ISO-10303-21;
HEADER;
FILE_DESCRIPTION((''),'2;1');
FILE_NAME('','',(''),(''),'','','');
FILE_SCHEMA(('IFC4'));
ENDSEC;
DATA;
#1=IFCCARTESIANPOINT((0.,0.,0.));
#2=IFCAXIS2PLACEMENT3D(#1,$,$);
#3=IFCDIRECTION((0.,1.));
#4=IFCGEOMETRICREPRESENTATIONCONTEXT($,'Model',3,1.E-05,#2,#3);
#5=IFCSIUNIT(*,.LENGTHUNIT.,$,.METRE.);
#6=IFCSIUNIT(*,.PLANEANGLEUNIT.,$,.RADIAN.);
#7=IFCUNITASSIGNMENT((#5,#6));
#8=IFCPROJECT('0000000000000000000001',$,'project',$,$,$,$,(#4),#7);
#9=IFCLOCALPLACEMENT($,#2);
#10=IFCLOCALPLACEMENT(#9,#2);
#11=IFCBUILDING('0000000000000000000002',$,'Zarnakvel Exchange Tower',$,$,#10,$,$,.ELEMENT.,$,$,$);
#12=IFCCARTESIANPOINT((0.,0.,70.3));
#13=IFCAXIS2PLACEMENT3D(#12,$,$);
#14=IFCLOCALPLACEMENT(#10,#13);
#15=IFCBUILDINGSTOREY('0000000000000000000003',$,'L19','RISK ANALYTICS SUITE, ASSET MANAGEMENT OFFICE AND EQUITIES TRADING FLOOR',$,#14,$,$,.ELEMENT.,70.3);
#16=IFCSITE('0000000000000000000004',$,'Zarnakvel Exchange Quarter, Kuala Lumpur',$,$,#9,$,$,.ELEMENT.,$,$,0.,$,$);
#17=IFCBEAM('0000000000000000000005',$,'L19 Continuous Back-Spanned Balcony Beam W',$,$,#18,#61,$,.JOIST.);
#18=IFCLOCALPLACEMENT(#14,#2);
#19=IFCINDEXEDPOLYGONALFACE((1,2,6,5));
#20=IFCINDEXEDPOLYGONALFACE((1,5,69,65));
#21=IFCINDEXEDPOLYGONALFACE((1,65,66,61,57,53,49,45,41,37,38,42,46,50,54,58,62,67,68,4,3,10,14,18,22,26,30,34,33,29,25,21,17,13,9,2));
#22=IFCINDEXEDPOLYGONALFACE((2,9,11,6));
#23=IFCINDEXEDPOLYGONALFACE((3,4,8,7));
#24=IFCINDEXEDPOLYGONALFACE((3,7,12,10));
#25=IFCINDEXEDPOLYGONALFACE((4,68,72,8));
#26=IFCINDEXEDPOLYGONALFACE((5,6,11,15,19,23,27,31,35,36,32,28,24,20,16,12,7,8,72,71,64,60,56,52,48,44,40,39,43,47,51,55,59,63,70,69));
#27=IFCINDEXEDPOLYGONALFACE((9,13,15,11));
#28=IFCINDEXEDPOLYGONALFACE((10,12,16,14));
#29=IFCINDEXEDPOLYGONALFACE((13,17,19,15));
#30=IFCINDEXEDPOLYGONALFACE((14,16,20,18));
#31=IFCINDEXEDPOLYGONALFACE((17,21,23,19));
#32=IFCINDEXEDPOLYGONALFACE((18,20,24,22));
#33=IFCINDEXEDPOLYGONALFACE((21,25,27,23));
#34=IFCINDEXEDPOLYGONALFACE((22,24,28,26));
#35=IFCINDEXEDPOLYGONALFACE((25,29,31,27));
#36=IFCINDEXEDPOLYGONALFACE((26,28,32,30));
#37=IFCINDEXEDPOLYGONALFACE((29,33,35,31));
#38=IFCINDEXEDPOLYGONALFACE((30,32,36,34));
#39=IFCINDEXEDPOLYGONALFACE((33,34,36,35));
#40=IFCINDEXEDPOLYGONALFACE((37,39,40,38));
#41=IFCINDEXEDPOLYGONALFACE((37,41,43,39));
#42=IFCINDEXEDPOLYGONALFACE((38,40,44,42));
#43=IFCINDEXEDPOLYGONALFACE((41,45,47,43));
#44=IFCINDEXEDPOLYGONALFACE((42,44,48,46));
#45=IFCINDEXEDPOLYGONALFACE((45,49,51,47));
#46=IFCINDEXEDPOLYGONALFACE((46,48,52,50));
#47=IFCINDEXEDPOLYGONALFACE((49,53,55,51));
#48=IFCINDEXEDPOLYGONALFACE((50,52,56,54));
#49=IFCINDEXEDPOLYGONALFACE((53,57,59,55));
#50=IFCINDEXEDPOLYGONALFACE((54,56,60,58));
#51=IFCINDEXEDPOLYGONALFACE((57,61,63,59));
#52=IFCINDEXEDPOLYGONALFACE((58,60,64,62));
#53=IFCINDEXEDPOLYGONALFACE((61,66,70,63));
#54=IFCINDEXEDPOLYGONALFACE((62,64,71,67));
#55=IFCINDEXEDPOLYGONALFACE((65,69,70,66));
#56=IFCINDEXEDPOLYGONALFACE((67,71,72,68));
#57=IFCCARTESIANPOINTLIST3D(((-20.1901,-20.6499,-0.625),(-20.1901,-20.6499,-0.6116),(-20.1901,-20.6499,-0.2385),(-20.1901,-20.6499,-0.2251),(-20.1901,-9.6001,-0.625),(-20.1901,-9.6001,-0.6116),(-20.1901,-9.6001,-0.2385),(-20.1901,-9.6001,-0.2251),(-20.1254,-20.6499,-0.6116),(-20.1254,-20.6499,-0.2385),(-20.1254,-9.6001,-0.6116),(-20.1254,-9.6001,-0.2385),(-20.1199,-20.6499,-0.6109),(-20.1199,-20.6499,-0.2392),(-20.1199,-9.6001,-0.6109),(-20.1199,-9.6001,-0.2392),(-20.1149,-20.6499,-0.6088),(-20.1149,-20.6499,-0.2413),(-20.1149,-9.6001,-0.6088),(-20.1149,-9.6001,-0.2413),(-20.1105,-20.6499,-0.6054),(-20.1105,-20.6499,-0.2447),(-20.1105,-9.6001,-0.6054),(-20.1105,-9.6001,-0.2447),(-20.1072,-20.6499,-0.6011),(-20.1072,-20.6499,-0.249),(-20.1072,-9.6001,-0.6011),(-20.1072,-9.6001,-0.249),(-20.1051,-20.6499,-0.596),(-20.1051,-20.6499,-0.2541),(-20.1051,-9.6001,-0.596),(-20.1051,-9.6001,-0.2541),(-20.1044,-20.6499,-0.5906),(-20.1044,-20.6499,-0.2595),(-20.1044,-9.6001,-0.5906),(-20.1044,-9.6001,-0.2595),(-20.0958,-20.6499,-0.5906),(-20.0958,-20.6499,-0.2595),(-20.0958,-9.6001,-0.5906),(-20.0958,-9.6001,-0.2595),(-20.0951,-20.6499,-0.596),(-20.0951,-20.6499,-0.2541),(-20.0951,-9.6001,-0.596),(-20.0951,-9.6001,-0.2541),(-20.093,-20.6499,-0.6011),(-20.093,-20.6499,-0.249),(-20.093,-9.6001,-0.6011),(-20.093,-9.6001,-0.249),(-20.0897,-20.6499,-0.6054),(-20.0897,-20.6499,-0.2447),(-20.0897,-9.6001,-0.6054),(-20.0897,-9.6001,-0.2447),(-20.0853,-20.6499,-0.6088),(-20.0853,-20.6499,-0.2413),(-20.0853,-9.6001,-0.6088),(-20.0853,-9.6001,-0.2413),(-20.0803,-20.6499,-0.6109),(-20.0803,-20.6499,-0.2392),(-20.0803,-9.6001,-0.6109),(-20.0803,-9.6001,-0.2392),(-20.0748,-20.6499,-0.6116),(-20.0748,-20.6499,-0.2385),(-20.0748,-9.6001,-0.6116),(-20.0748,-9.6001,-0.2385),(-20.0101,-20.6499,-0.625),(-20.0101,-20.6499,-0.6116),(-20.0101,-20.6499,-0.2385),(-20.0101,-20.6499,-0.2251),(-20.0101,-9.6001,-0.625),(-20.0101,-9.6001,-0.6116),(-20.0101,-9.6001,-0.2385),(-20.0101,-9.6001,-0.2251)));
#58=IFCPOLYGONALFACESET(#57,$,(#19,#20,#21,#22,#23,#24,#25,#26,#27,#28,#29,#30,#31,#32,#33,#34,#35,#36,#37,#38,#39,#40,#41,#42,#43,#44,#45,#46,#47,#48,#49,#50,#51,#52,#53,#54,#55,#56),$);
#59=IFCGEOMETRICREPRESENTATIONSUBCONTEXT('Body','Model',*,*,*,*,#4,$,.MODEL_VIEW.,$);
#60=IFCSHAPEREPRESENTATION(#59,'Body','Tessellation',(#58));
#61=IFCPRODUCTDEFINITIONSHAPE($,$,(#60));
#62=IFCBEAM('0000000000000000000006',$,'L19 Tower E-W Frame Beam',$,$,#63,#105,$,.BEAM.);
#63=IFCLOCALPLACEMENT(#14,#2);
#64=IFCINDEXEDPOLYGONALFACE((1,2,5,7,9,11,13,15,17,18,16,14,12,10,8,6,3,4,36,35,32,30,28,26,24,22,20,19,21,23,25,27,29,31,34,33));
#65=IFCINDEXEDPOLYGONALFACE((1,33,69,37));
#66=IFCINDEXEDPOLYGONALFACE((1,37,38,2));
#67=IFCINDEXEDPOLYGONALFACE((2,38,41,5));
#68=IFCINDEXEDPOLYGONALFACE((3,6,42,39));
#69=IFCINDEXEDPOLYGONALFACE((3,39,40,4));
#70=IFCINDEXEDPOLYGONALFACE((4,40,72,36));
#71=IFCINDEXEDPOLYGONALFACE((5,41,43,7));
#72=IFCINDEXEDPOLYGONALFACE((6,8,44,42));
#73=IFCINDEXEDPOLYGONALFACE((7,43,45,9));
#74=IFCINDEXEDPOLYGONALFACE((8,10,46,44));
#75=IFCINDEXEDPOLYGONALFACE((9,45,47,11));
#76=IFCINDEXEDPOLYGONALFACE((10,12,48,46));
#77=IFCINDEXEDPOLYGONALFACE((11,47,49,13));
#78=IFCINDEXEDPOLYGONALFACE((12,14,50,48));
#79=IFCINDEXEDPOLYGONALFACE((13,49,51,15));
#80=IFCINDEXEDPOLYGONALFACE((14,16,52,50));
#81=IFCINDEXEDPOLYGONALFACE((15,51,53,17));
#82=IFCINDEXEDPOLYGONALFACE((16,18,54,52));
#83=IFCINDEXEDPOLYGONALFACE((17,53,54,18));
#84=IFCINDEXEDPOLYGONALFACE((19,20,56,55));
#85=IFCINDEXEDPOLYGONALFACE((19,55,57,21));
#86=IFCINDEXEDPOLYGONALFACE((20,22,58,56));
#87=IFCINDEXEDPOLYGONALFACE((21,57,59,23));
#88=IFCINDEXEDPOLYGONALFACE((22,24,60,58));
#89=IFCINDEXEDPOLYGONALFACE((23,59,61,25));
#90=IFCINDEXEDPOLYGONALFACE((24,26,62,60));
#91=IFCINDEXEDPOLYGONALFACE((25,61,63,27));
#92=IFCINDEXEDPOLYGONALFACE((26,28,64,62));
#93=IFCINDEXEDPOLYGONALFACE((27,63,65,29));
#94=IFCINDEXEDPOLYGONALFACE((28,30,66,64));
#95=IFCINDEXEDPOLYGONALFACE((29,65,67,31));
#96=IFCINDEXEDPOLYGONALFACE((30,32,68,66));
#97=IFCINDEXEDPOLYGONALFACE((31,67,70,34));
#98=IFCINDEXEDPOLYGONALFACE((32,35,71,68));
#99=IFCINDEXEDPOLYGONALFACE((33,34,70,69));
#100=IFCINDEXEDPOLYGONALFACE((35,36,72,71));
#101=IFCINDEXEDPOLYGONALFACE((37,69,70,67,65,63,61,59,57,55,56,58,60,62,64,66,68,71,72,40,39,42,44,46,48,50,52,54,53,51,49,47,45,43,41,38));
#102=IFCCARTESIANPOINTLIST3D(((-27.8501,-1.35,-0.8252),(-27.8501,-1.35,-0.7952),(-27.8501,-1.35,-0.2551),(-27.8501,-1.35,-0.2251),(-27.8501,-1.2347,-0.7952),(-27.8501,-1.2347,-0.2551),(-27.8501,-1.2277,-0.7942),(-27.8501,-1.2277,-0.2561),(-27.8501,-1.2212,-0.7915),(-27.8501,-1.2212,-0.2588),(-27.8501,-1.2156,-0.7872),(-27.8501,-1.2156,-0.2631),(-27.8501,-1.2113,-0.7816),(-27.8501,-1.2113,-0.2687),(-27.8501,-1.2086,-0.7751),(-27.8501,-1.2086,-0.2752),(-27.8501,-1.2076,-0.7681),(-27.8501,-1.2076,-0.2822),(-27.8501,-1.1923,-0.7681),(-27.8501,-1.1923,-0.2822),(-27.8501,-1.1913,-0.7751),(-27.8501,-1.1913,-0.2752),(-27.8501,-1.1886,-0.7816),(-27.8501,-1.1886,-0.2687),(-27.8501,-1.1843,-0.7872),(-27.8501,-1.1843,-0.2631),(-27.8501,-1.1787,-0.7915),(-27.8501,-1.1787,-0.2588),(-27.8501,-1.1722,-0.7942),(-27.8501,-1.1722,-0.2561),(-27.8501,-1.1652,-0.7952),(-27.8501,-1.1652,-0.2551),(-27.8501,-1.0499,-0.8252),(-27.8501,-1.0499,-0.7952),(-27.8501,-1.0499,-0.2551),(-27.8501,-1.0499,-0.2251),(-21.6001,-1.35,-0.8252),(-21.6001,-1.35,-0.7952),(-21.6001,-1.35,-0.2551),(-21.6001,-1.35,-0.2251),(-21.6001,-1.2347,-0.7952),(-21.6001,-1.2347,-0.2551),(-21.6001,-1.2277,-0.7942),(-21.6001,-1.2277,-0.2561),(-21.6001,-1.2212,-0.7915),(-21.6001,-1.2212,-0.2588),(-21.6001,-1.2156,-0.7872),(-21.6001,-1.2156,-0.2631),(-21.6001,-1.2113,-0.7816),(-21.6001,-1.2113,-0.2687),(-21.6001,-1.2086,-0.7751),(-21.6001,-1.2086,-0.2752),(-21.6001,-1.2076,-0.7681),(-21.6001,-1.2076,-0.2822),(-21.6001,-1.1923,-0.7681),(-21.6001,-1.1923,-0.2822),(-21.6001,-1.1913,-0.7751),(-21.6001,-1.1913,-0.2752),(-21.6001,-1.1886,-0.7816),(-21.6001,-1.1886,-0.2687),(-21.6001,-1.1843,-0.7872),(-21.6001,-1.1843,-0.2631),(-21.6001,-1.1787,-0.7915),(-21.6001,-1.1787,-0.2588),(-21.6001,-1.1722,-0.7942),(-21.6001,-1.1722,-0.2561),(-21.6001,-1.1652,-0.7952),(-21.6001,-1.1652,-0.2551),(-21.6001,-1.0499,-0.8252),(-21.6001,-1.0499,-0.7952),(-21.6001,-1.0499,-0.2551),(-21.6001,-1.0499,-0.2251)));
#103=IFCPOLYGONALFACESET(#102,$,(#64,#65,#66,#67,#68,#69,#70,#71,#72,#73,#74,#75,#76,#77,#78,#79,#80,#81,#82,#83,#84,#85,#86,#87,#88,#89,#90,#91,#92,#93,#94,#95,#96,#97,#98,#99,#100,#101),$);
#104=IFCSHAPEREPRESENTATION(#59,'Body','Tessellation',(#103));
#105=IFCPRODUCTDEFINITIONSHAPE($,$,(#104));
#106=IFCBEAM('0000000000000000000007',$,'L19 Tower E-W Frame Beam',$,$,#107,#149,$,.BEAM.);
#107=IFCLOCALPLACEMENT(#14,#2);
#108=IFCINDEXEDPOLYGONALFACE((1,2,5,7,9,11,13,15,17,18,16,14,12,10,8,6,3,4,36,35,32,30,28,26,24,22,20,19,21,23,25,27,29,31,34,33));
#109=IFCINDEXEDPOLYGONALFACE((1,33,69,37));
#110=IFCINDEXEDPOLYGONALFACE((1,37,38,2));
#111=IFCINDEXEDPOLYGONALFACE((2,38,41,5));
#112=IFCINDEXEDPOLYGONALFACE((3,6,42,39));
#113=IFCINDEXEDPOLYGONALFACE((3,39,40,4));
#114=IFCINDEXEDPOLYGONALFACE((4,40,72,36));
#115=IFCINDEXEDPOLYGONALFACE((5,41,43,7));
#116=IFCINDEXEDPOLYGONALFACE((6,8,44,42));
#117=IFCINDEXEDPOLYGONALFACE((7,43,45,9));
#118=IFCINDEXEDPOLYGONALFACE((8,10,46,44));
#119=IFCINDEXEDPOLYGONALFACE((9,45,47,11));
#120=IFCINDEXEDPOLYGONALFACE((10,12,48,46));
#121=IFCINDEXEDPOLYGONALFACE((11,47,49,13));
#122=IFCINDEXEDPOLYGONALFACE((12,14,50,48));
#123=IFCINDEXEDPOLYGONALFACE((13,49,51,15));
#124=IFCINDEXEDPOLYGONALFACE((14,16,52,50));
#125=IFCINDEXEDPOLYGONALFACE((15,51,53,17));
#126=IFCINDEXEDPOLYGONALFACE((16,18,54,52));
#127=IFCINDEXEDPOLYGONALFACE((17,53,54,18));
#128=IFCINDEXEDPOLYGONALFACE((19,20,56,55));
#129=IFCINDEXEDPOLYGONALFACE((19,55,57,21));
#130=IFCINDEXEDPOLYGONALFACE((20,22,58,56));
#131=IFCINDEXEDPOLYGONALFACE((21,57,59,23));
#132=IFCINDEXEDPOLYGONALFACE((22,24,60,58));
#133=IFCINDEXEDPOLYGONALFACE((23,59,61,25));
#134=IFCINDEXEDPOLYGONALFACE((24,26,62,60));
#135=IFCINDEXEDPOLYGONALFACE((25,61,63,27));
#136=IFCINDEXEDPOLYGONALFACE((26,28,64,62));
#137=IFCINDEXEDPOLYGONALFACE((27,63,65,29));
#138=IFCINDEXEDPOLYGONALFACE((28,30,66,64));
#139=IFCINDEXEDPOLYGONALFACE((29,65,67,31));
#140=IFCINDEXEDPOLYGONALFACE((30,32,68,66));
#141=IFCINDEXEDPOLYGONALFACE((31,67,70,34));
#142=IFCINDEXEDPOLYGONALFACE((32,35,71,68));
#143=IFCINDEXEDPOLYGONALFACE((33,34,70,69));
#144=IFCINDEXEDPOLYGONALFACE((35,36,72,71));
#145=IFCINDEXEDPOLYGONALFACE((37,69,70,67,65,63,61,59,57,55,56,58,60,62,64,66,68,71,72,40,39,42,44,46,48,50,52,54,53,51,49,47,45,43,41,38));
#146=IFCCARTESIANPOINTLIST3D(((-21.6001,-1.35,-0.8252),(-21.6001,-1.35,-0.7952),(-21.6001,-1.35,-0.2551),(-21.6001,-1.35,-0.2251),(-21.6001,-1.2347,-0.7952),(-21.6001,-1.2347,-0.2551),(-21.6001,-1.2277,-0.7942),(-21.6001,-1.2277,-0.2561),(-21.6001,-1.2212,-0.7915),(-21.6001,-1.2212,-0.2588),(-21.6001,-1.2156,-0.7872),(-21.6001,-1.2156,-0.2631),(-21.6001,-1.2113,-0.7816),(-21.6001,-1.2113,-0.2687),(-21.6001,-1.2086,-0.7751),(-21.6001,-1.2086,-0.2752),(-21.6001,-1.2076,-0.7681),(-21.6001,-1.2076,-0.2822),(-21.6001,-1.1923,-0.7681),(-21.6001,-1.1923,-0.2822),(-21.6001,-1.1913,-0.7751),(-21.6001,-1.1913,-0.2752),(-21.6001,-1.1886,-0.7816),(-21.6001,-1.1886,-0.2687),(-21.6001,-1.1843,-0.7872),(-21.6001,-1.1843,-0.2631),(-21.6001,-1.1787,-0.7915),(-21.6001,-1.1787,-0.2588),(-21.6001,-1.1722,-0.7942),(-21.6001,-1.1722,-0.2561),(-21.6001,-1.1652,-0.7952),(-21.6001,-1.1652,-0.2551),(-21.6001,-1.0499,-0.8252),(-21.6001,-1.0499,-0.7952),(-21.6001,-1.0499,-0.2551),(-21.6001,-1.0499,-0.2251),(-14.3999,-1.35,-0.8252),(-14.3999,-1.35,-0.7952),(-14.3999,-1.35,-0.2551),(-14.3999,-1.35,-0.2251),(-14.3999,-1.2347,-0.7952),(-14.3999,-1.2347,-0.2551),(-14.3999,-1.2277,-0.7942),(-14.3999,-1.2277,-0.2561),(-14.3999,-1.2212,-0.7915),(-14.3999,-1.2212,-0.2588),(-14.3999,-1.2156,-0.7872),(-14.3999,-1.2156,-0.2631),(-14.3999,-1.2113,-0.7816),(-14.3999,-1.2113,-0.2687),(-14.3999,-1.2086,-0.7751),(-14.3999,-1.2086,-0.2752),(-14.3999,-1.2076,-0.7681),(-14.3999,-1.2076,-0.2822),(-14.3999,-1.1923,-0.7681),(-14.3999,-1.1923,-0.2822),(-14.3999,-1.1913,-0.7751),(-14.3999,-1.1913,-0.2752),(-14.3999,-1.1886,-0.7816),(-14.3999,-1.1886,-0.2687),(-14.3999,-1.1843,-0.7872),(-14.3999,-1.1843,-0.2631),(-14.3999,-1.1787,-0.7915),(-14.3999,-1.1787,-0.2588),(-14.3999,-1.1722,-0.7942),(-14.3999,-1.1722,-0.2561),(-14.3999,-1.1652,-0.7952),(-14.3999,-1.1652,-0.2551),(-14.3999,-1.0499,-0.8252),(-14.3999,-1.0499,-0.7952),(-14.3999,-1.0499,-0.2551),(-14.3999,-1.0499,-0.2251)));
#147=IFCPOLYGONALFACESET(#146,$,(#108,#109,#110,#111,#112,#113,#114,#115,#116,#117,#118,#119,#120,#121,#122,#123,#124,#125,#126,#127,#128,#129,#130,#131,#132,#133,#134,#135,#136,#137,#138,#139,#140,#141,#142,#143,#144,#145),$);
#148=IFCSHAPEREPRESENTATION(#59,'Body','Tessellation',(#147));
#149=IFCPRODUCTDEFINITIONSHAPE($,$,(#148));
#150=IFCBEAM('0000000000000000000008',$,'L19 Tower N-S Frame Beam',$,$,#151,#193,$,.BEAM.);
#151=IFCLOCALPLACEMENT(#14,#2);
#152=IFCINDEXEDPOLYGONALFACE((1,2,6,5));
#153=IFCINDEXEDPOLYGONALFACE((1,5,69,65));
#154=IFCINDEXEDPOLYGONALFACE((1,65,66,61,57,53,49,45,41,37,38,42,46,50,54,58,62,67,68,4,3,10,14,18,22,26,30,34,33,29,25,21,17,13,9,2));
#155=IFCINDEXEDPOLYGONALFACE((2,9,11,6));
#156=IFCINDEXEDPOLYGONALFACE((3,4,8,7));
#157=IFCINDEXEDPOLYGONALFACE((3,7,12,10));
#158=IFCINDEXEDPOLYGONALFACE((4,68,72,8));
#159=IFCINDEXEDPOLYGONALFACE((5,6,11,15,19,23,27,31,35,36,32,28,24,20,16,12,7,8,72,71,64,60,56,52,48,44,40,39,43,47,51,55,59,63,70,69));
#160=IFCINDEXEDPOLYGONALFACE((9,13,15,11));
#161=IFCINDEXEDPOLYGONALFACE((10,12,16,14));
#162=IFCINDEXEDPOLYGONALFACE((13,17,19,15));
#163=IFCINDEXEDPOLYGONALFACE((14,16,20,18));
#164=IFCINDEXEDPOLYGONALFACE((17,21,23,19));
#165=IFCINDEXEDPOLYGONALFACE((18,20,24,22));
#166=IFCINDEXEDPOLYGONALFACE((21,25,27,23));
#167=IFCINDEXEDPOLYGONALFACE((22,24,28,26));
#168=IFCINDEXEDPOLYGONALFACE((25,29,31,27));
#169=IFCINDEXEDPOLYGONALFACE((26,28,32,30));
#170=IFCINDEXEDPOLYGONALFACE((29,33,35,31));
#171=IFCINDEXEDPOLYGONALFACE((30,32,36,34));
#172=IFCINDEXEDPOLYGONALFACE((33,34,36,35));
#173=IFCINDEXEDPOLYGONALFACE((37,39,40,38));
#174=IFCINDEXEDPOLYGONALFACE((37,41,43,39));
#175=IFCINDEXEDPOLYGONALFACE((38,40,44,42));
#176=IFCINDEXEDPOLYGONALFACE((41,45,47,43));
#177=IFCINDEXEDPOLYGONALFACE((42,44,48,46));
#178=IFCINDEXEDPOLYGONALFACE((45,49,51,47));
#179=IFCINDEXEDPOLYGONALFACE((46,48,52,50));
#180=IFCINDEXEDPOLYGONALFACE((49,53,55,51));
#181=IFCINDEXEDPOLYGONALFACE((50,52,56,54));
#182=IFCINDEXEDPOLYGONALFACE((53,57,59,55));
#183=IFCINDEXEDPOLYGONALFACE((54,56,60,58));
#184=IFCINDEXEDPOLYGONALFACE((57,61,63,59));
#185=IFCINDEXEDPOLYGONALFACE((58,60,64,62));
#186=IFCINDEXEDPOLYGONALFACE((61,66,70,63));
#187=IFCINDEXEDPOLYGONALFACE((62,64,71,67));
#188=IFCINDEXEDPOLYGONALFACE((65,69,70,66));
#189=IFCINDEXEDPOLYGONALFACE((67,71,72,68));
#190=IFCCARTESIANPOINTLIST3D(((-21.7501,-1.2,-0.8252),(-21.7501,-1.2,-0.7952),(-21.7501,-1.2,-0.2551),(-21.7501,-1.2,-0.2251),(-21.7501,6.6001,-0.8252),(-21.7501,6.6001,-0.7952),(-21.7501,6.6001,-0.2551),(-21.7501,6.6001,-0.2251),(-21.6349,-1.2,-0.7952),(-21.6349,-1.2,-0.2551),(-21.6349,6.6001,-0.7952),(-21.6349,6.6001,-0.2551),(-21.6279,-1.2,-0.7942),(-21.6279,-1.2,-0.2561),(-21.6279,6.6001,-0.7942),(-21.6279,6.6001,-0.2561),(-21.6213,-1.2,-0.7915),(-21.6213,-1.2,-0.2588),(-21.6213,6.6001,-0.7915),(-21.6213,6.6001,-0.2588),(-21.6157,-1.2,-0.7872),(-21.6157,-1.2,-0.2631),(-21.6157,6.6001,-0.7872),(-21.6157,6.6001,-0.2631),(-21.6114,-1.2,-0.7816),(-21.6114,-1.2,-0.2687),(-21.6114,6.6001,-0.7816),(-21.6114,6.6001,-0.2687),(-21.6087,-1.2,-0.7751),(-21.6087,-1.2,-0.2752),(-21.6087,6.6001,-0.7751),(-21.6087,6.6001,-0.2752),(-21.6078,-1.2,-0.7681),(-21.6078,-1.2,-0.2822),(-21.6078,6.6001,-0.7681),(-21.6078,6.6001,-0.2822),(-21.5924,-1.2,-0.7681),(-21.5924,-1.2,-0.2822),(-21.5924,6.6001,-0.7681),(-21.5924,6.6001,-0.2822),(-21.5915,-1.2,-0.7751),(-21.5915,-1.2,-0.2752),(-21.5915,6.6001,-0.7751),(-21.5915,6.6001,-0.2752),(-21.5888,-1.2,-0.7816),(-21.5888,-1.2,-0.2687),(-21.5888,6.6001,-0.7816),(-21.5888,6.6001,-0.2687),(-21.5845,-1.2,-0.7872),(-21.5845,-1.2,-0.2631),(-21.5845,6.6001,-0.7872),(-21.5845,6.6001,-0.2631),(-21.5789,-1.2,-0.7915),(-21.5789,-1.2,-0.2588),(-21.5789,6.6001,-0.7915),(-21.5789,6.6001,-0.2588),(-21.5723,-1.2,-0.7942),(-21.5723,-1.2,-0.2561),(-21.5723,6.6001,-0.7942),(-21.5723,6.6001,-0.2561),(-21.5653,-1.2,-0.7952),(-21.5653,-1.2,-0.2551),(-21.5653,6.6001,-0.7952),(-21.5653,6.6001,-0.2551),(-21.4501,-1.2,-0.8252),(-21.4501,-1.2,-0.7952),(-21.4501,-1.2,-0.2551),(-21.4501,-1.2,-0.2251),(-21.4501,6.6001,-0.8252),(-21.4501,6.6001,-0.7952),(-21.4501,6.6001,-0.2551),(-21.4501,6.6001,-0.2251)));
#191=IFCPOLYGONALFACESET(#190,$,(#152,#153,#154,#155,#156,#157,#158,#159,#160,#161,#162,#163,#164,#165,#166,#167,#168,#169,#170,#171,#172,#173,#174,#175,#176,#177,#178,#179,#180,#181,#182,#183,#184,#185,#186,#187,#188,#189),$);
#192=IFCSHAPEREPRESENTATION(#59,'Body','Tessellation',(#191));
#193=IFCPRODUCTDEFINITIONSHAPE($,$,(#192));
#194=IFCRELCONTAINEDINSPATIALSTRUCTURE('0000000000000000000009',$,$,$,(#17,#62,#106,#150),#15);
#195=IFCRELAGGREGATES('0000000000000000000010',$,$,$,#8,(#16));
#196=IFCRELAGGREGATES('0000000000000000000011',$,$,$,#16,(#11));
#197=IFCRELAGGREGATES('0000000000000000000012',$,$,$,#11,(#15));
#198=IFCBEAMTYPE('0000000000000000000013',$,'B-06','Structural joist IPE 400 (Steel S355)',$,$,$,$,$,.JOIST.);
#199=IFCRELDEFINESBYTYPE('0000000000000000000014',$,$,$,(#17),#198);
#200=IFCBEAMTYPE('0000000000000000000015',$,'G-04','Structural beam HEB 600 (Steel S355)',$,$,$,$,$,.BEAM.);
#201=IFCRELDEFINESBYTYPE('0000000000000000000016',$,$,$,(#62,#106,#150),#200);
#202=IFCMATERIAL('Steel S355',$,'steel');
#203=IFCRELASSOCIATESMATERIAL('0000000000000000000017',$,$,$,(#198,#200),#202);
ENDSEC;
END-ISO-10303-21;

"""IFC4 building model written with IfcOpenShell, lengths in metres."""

from ifc_helpers import new_model, si_unit, direction, frame, origin, origin_2d, place, context, subcontext, project, spatial, i_section, extrude, material, material_profile, profile_set, type_object, element, save


model = new_model("IFC4")

# Units and contexts
model_context = context("Model", 3, precision=1e-05, world=origin(), true_north=direction((0.0, 1.0)))
body_context = subcontext(model_context, "Body", "Model", "MODEL_VIEW")
ifc_project = project(units=[si_unit("LENGTHUNIT", "METRE"), si_unit("PLANEANGLEUNIT", "RADIAN")], contexts=[model_context])

# Site, building, storey
site_placement = place(None, origin())
site = spatial("IfcSite", under=ifc_project, at=site_placement, Name="Zarnakvel Exchange Quarter, Kuala Lumpur", CompositionType="ELEMENT", RefElevation=0.0)
building_placement = place(site_placement, origin())
building = spatial("IfcBuilding", under=site, at=building_placement, Name="Zarnakvel Exchange Tower", CompositionType="ELEMENT")
storey_placement = place(building_placement, frame((0.0, 0.0, 70.3)))
storey = spatial("IfcBuildingStorey", under=building, at=storey_placement, Name="L19", Description="RISK ANALYTICS SUITE, ASSET MANAGEMENT OFFICE AND EQUITIES TRADING FLOOR", CompositionType="ELEMENT", Elevation=70.3)

# Shared definitions
ifc_material_1 = material(Name="Steel S355", Category="steel")

# Beams
ifc_material_profile_1 = material_profile(ifc_material_1, i_section(OverallWidth=0.1799, OverallDepth=0.3999, WebThickness=0.0085, FlangeThickness=0.0134, FilletRadius=0.021, at=origin_2d()))
ifc_profile_set_1 = profile_set([ifc_material_profile_1], Name="Steel S355")
beam_type_1 = type_object("IfcBeamType", Name="B-06", Description="Structural joist IPE 400 (Steel S355)", PredefinedType="JOIST", material=ifc_profile_set_1)
beam_1_placement = place(storey_placement, frame((-20.1001, -9.6001, -0.425), z_axis=(0.0, -1.0, 0.0), x_axis=(1.0, 0.0, 0.0)))
element("IfcBeam", 1, at=beam_1_placement, inside=storey, type_object=beam_type_1, Name="L19 Continuous Back-Spanned Balcony Beam W", PredefinedType="JOIST", context=body_context, shape_type="SweptSolid", body=[
    extrude(i_section(OverallWidth=0.1799, OverallDepth=0.3999, WebThickness=0.0085, FlangeThickness=0.0134, FilletRadius=0.021, at=origin_2d()), origin(), (0.0, 0.0, 1.0), 11.0498),
])
ifc_material_profile_2 = material_profile(ifc_material_1, i_section(OverallWidth=0.3, OverallDepth=0.6001, WebThickness=0.0154, FlangeThickness=0.03, FilletRadius=0.0271, at=origin_2d()))
ifc_profile_set_2 = profile_set([ifc_material_profile_2], Name="Steel S355")
beam_type_2 = type_object("IfcBeamType", Name="G-04", Description="Structural beam HEB 600 (Steel S355)", PredefinedType="BEAM", material=ifc_profile_set_2)
beam_2_placement = place(storey_placement, frame((-27.8501, -1.2, -0.5251), z_axis=(1.0, 0.0, 0.0), x_axis=(0.0, 1.0, 0.0)))
element("IfcBeam", 2, at=beam_2_placement, inside=storey, type_object=beam_type_2, Name="L19 Tower E-W Frame Beam", PredefinedType="BEAM", context=body_context, shape_type="SweptSolid", body=[
    extrude(i_section(OverallWidth=0.3, OverallDepth=0.6001, WebThickness=0.0154, FlangeThickness=0.03, FilletRadius=0.0271, at=origin_2d()), origin(), (0.0, 0.0, 1.0), 6.25),
])
beam_3_placement = place(storey_placement, frame((-21.6001, -1.2, -0.5251), z_axis=(1.0, 0.0, 0.0), x_axis=(0.0, 1.0, 0.0)))
element("IfcBeam", 3, at=beam_3_placement, inside=storey, type_object=beam_type_2, Name="L19 Tower E-W Frame Beam", PredefinedType="BEAM", context=body_context, shape_type="SweptSolid", body=[
    extrude(i_section(OverallWidth=0.3, OverallDepth=0.6001, WebThickness=0.0154, FlangeThickness=0.03, FilletRadius=0.0271, at=origin_2d()), origin(), (0.0, 0.0, 1.0), 7.2002),
])
beam_4_placement = place(storey_placement, frame((-21.6001, -1.2, -0.5251), z_axis=(0.0, 1.0, 0.0), x_axis=(-1.0, 0.0, 0.0)))
element("IfcBeam", 4, at=beam_4_placement, inside=storey, type_object=beam_type_2, Name="L19 Tower N-S Frame Beam", PredefinedType="BEAM", context=body_context, shape_type="SweptSolid", body=[
    extrude(i_section(OverallWidth=0.3, OverallDepth=0.6001, WebThickness=0.0154, FlangeThickness=0.03, FilletRadius=0.0271, at=origin_2d()), origin(), (0.0, 0.0, 1.0), 7.8),
])

save(model, "model.ifc")
